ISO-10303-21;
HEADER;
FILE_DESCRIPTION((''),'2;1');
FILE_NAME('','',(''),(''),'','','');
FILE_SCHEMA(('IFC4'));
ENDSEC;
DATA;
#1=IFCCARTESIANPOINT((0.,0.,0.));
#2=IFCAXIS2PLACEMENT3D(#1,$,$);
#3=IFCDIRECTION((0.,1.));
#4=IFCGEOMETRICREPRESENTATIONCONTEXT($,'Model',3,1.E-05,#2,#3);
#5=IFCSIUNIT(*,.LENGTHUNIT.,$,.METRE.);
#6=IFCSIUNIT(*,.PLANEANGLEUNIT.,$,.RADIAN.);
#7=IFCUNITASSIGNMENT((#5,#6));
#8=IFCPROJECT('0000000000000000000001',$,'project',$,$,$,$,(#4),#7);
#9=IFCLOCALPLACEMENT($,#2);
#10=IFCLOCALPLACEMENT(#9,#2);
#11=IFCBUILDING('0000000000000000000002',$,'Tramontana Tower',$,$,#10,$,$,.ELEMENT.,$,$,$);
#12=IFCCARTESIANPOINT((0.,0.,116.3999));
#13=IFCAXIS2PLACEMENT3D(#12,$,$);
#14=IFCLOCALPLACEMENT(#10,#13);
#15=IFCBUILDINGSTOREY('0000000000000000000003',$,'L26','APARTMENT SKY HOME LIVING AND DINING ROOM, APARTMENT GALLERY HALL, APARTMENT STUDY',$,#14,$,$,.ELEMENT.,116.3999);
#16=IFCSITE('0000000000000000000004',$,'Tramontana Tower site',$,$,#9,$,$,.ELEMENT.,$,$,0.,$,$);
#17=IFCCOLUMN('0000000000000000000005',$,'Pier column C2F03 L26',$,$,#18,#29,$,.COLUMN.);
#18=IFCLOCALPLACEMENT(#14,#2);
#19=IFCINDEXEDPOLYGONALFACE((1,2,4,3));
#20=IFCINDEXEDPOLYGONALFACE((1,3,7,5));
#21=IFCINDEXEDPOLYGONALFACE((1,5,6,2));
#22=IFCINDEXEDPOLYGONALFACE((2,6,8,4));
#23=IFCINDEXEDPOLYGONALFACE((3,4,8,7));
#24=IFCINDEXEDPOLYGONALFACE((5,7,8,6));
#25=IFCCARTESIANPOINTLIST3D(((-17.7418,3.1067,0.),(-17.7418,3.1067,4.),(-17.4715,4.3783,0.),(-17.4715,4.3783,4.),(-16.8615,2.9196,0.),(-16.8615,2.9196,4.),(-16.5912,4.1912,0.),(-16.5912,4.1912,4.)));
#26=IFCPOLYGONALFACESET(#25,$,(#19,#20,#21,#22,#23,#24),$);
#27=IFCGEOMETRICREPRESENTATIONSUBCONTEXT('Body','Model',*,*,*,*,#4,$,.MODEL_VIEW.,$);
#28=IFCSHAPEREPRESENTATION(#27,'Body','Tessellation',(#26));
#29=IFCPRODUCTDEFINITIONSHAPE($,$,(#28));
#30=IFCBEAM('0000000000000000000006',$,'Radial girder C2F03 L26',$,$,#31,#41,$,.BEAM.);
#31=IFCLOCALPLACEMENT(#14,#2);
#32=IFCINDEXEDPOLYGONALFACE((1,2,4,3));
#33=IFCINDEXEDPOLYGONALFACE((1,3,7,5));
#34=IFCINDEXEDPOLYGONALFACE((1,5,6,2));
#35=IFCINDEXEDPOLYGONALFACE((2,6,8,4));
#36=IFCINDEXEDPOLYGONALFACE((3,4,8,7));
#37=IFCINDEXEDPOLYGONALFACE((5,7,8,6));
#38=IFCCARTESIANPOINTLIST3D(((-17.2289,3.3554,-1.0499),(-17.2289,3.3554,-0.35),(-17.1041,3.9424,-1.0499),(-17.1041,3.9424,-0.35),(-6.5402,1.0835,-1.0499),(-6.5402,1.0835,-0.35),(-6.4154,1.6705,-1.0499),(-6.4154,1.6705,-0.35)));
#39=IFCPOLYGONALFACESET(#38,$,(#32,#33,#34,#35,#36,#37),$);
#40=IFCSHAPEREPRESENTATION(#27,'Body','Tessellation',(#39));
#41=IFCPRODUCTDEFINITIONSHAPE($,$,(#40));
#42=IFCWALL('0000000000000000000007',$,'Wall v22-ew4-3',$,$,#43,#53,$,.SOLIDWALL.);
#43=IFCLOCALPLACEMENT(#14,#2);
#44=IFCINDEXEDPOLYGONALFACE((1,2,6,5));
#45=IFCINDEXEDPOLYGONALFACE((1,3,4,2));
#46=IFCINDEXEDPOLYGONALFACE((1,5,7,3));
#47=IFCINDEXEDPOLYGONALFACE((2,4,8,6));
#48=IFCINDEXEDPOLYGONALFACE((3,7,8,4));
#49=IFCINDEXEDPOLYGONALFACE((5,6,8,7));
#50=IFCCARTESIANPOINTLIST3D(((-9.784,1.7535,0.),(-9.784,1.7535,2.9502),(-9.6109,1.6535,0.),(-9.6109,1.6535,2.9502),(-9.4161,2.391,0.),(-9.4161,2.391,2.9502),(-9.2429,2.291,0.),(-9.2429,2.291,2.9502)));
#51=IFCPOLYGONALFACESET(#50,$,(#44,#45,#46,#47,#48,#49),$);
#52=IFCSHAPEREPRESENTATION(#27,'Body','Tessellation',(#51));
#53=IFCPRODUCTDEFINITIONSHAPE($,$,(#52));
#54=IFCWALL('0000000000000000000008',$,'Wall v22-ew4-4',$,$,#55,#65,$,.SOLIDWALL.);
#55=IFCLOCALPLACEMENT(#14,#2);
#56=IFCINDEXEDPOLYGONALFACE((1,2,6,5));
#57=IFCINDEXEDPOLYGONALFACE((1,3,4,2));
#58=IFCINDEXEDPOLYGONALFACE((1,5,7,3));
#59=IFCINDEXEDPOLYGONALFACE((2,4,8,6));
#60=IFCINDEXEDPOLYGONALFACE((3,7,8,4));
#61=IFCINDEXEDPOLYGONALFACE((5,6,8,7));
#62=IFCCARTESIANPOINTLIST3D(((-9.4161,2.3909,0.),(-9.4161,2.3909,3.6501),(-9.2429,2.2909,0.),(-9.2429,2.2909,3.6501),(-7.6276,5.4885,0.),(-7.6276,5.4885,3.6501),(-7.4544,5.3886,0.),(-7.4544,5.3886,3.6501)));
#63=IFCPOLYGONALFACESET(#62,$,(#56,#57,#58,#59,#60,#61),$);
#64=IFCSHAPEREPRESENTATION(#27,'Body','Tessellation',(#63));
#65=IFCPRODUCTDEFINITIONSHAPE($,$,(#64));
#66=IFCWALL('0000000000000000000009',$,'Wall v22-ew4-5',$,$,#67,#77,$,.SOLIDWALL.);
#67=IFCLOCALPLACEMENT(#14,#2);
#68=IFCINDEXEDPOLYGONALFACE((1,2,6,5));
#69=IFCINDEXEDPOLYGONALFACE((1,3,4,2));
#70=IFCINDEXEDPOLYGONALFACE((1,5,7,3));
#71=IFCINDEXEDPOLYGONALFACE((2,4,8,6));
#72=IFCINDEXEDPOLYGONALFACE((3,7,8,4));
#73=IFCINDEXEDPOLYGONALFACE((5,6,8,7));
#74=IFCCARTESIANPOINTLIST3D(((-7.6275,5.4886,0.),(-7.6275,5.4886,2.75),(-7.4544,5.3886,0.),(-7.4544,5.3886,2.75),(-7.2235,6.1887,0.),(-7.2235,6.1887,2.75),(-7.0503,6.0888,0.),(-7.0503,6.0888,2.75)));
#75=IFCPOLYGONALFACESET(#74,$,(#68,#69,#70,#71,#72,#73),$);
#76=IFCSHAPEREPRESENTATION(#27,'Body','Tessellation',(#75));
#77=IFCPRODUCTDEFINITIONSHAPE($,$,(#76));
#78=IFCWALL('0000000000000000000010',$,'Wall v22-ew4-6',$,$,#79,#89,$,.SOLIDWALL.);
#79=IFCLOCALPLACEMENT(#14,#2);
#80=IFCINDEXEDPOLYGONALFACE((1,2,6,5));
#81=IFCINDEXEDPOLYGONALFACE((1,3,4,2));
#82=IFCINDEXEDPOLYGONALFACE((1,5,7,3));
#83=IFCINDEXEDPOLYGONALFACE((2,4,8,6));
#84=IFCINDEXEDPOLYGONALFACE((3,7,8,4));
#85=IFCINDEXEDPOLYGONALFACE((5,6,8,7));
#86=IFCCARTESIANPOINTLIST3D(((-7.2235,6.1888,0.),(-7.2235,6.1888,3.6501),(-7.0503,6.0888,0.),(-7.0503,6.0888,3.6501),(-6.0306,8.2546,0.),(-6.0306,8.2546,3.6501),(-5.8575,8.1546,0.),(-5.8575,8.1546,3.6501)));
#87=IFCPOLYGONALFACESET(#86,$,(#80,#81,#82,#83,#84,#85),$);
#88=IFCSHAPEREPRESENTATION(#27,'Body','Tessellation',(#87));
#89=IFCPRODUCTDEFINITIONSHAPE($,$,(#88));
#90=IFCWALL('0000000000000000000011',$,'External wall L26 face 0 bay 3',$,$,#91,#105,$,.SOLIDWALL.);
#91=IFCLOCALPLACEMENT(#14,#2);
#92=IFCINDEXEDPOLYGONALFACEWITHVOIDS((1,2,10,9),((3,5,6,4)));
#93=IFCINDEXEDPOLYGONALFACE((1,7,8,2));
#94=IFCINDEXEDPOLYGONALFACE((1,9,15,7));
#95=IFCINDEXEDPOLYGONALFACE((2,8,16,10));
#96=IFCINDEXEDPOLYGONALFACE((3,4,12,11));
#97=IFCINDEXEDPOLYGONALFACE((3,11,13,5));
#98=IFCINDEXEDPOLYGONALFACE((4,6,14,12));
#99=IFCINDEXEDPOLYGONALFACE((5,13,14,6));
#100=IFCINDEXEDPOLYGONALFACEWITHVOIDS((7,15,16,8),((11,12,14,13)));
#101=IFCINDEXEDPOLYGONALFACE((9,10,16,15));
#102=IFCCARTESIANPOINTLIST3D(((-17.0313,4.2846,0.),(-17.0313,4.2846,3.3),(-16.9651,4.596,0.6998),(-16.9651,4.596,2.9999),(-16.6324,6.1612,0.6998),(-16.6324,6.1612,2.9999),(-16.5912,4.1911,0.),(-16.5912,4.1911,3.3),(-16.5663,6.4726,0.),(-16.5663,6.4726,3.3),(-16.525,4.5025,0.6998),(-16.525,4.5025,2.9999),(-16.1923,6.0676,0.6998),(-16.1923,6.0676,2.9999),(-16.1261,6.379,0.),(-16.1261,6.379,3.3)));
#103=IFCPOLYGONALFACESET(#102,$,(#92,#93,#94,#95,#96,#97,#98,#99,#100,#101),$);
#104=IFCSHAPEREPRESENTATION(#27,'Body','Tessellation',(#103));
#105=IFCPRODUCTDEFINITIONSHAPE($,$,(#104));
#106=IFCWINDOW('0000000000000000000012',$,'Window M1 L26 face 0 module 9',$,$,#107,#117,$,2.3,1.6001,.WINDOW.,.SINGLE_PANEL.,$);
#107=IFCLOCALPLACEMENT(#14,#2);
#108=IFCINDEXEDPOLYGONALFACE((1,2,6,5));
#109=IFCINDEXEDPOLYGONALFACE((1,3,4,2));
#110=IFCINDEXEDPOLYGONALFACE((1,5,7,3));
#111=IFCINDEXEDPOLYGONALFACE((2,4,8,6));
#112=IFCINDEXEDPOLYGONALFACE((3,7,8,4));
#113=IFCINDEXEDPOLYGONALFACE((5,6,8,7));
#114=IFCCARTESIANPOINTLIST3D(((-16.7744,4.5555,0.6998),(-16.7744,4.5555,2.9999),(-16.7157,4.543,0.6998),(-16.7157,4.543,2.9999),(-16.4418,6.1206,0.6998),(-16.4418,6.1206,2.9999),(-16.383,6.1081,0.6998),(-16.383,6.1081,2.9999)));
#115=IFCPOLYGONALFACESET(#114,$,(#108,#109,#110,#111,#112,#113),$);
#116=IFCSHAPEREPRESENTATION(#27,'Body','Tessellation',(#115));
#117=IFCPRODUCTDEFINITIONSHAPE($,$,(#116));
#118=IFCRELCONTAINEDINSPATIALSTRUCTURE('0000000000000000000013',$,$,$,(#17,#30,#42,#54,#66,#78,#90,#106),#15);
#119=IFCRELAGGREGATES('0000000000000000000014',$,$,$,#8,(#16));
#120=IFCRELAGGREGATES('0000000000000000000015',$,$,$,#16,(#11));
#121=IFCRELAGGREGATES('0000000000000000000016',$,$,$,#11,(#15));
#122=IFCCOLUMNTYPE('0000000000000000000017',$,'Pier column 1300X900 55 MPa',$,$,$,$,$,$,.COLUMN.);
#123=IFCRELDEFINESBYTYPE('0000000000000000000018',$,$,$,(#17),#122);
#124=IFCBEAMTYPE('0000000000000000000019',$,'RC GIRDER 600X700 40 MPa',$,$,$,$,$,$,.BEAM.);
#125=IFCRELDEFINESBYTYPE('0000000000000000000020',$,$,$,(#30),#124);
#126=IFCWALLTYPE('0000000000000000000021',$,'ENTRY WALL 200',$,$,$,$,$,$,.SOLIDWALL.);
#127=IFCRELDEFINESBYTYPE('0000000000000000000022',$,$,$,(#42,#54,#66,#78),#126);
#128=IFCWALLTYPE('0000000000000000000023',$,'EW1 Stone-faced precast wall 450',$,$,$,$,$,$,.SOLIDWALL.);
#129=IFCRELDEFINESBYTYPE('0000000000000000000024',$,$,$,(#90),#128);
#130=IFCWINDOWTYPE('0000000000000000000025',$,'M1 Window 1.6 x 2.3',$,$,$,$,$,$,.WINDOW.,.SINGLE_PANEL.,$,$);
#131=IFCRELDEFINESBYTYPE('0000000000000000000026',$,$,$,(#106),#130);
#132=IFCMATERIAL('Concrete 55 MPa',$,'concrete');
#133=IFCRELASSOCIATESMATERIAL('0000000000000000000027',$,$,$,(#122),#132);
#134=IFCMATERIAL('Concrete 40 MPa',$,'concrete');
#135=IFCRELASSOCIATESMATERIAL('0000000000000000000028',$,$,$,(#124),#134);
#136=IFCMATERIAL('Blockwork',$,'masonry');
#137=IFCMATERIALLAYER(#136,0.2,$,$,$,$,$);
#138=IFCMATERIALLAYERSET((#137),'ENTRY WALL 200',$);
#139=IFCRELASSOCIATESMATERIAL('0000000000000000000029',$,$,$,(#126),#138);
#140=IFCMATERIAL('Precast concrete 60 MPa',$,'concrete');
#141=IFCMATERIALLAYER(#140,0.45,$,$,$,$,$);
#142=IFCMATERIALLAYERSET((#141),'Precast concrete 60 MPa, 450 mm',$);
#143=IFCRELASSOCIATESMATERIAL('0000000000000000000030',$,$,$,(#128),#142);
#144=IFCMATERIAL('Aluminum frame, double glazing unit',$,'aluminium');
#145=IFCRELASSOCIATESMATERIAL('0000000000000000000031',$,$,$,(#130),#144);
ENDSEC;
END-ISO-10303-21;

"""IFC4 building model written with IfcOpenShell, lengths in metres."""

from ifc_helpers import new_model, si_unit, direction, frame, frame_2d, origin, origin_2d, place, context, subcontext, project, spatial, rectangle, extrude, material, layer, layer_set, material_profile, profile_set, type_object, element, fill, save


model = new_model("IFC4")

# Units and contexts
model_context = context("Model", 3, precision=1e-05, world=origin(), true_north=direction((0.0, 1.0)))
body_context = subcontext(model_context, "Body", "Model", "MODEL_VIEW")
ifc_project = project(units=[si_unit("LENGTHUNIT", "METRE"), si_unit("PLANEANGLEUNIT", "RADIAN")], contexts=[model_context])

# Site, building, storey
site_placement = place(None, origin())
site = spatial("IfcSite", under=ifc_project, at=site_placement, Name="Tramontana Tower site", CompositionType="ELEMENT", RefElevation=0.0)
building_placement = place(site_placement, origin())
building = spatial("IfcBuilding", under=site, at=building_placement, Name="Tramontana Tower", CompositionType="ELEMENT")
storey_placement = place(building_placement, frame((0.0, 0.0, 116.3999)))
storey = spatial("IfcBuildingStorey", under=building, at=storey_placement, Name="L26", Description="APARTMENT SKY HOME LIVING AND DINING ROOM, APARTMENT GALLERY HALL, APARTMENT STUDY", CompositionType="ELEMENT", Elevation=116.3999)

# Column
ifc_material_1 = material(Name="Concrete 55 MPa", Category="concrete")
ifc_material_profile_1 = material_profile(ifc_material_1, rectangle(XDim=1.3, YDim=0.8999, at=origin_2d()), Name="Pier column 1300X900 55 MPa")
ifc_profile_set_1 = profile_set([ifc_material_profile_1], Name="Concrete 55 MPa")
column_type = type_object("IfcColumnType", Name="Pier column 1300X900 55 MPa", PredefinedType="COLUMN", material=ifc_profile_set_1)
column_placement = place(storey_placement, frame((-17.1665, 3.6489, 0.0), z_axis=(0.0, 0.0, 1.0), x_axis=(-0.207912, -0.978148, 0.0)))
element("IfcColumn", 1, at=column_placement, inside=storey, type_object=column_type, Name="Pier column C2F03 L26", PredefinedType="COLUMN", context=body_context, shape_type="SweptSolid", body=[
    extrude(rectangle(XDim=1.3, YDim=0.8999, at=origin_2d()), origin(), (0.0, 0.0, 1.0), 4.0),
])

# Beam
ifc_material_2 = material(Name="Concrete 40 MPa", Category="concrete")
ifc_material_profile_2 = material_profile(ifc_material_2, rectangle(XDim=0.6001, YDim=0.7, at=origin_2d()), Name="RC GIRDER 600X700 40 MPa")
ifc_profile_set_2 = profile_set([ifc_material_profile_2], Name="Concrete 40 MPa")
beam_type = type_object("IfcBeamType", Name="RC GIRDER 600X700 40 MPa", PredefinedType="BEAM", material=ifc_profile_set_2)
beam_placement = place(storey_placement, frame((-17.1665, 3.6489, -0.7), z_axis=(0.978147, -0.207913, 0.0), x_axis=(0.207913, 0.978147, 0.0)))
element("IfcBeam", 2, at=beam_placement, inside=storey, type_object=beam_type, Name="Radial girder C2F03 L26", PredefinedType="BEAM", context=body_context, shape_type="SweptSolid", body=[
    extrude(rectangle(XDim=0.6001, YDim=0.7, at=origin_2d()), origin(), (0.0, 0.0, 1.0), 10.9275),
])

# Walls
ifc_material_3 = material(Name="Blockwork", Category="masonry")
ifc_layer_1 = layer(ifc_material_3, 0.2)
ifc_layer_set_1 = layer_set([ifc_layer_1], Name="ENTRY WALL 200")
wall_type_1 = type_object("IfcWallType", Name="ENTRY WALL 200", PredefinedType="SOLIDWALL", material=ifc_layer_set_1)
wall_1_placement = place(storey_placement, frame((-9.6975, 1.7034, 0.0), z_axis=(0.0, 0.0, 1.0), x_axis=(0.499885, 0.866092, 0.0)))
element("IfcWall", 3, at=wall_1_placement, inside=storey, type_object=wall_type_1, Name="Wall v22-ew4-3", PredefinedType="SOLIDWALL", context=body_context, shape_type="SweptSolid", body=[
    extrude(rectangle(XDim=0.7361, YDim=0.2, at=frame_2d((0.3682, 0.0))), origin(), (0.0, 0.0, 1.0), 2.9502),
])
wall_2_placement = place(storey_placement, frame((-9.3296, 2.3408, 0.0), z_axis=(0.0, 0.0, 1.0), x_axis=(0.50003, 0.866008, 0.0)))
element("IfcWall", 4, at=wall_2_placement, inside=storey, type_object=wall_type_1, Name="Wall v22-ew4-4", PredefinedType="SOLIDWALL", context=body_context, shape_type="SweptSolid", body=[
    extrude(rectangle(XDim=3.5769, YDim=0.2, at=frame_2d((1.7886, 0.0))), origin(), (0.0, 0.0, 1.0), 3.6501),
])
wall_3_placement = place(storey_placement, frame((-7.541, 5.4385, 0.0), z_axis=(0.0, 0.0, 1.0), x_axis=(0.49981, 0.866135, 0.0)))
element("IfcWall", 5, at=wall_3_placement, inside=storey, type_object=wall_type_1, Name="Wall v22-ew4-5", PredefinedType="SOLIDWALL", context=body_context, shape_type="SweptSolid", body=[
    extrude(rectangle(XDim=0.8083, YDim=0.2, at=frame_2d((0.4043, 0.0))), origin(), (0.0, 0.0, 1.0), 2.75),
])
wall_4_placement = place(storey_placement, frame((-7.137, 6.1387, 0.0), z_axis=(0.0, 0.0, 1.0), x_axis=(0.500035, 0.866005, 0.0)))
element("IfcWall", 6, at=wall_4_placement, inside=storey, type_object=wall_type_1, Name="Wall v22-ew4-6", PredefinedType="SOLIDWALL", context=body_context, shape_type="SweptSolid", body=[
    extrude(rectangle(XDim=2.3855, YDim=0.2, at=frame_2d((1.1929, 0.0))), origin(), (0.0, 0.0, 1.0), 3.6501),
])

# Wall, opening, window
ifc_material_4 = material(Name="Precast concrete 60 MPa", Category="concrete")
ifc_layer_2 = layer(ifc_material_4, 0.45)
ifc_layer_set_2 = layer_set([ifc_layer_2], Name="Precast concrete 60 MPa, 450 mm")
wall_type_2 = type_object("IfcWallType", Name="EW1 Stone-faced precast wall 450", PredefinedType="SOLIDWALL", material=ifc_layer_set_2)
wall_5_placement = place(storey_placement, frame((-16.3462, 6.4258, 0.0), z_axis=(0.0, 0.0, 1.0), x_axis=(-0.207919, -0.978146, 0.0)))
wall_5 = element("IfcWall", 7, at=wall_5_placement, inside=storey, type_object=wall_type_2, Name="External wall L26 face 0 bay 3", PredefinedType="SOLIDWALL", context=body_context, shape_type="SweptSolid", body=[
    extrude(rectangle(XDim=2.2368, YDim=0.45, at=frame_2d((1.1184, 0.0))), origin(), (0.0, 0.0, 1.0), 3.3),
])
opening_1_placement = place(wall_5_placement, frame((0.3184, 0.0, 0.7)))
opening_1 = element("IfcOpeningElement", 8, at=opening_1_placement, cuts=wall_5, PredefinedType="OPENING", context=body_context, shape_type="SweptSolid", body=[
    extrude(rectangle(XDim=1.6001, YDim=2.3, at=frame_2d((0.8, 1.1499))), frame((0.0, 0.2349, 0.0), z_axis=(0.0, -1.0, 0.0), x_axis=(1.0, 0.0, 0.0)), (0.0, 0.0, 1.0), 0.47),
])
ifc_material_5 = material(Name="Aluminum frame, double glazing unit", Category="aluminium")
window_type = type_object("IfcWindowType", Name="M1 Window 1.6 x 2.3", PartitioningType="SINGLE_PANEL", PredefinedType="WINDOW", material=ifc_material_5)
window_1_placement = place(opening_1_placement, origin())
window_1 = element("IfcWindow", 9, at=window_1_placement, inside=storey, type_object=window_type, Name="Window M1 L26 face 0 module 9", OverallHeight=2.3, OverallWidth=1.6001, PartitioningType="SINGLE_PANEL", PredefinedType="WINDOW", context=body_context, shape_type="SweptSolid", body=[
    extrude(rectangle(XDim=1.6001, YDim=2.3, at=frame_2d((0.8, 1.1499))), frame((0.0, 0.03, 0.0), z_axis=(0.0, -1.0, 0.0), x_axis=(1.0, 0.0, 0.0)), (0.0, 0.0, 1.0), 0.0601),
])
fill(opening_1, window_1)

save(model, "model.ifc")
